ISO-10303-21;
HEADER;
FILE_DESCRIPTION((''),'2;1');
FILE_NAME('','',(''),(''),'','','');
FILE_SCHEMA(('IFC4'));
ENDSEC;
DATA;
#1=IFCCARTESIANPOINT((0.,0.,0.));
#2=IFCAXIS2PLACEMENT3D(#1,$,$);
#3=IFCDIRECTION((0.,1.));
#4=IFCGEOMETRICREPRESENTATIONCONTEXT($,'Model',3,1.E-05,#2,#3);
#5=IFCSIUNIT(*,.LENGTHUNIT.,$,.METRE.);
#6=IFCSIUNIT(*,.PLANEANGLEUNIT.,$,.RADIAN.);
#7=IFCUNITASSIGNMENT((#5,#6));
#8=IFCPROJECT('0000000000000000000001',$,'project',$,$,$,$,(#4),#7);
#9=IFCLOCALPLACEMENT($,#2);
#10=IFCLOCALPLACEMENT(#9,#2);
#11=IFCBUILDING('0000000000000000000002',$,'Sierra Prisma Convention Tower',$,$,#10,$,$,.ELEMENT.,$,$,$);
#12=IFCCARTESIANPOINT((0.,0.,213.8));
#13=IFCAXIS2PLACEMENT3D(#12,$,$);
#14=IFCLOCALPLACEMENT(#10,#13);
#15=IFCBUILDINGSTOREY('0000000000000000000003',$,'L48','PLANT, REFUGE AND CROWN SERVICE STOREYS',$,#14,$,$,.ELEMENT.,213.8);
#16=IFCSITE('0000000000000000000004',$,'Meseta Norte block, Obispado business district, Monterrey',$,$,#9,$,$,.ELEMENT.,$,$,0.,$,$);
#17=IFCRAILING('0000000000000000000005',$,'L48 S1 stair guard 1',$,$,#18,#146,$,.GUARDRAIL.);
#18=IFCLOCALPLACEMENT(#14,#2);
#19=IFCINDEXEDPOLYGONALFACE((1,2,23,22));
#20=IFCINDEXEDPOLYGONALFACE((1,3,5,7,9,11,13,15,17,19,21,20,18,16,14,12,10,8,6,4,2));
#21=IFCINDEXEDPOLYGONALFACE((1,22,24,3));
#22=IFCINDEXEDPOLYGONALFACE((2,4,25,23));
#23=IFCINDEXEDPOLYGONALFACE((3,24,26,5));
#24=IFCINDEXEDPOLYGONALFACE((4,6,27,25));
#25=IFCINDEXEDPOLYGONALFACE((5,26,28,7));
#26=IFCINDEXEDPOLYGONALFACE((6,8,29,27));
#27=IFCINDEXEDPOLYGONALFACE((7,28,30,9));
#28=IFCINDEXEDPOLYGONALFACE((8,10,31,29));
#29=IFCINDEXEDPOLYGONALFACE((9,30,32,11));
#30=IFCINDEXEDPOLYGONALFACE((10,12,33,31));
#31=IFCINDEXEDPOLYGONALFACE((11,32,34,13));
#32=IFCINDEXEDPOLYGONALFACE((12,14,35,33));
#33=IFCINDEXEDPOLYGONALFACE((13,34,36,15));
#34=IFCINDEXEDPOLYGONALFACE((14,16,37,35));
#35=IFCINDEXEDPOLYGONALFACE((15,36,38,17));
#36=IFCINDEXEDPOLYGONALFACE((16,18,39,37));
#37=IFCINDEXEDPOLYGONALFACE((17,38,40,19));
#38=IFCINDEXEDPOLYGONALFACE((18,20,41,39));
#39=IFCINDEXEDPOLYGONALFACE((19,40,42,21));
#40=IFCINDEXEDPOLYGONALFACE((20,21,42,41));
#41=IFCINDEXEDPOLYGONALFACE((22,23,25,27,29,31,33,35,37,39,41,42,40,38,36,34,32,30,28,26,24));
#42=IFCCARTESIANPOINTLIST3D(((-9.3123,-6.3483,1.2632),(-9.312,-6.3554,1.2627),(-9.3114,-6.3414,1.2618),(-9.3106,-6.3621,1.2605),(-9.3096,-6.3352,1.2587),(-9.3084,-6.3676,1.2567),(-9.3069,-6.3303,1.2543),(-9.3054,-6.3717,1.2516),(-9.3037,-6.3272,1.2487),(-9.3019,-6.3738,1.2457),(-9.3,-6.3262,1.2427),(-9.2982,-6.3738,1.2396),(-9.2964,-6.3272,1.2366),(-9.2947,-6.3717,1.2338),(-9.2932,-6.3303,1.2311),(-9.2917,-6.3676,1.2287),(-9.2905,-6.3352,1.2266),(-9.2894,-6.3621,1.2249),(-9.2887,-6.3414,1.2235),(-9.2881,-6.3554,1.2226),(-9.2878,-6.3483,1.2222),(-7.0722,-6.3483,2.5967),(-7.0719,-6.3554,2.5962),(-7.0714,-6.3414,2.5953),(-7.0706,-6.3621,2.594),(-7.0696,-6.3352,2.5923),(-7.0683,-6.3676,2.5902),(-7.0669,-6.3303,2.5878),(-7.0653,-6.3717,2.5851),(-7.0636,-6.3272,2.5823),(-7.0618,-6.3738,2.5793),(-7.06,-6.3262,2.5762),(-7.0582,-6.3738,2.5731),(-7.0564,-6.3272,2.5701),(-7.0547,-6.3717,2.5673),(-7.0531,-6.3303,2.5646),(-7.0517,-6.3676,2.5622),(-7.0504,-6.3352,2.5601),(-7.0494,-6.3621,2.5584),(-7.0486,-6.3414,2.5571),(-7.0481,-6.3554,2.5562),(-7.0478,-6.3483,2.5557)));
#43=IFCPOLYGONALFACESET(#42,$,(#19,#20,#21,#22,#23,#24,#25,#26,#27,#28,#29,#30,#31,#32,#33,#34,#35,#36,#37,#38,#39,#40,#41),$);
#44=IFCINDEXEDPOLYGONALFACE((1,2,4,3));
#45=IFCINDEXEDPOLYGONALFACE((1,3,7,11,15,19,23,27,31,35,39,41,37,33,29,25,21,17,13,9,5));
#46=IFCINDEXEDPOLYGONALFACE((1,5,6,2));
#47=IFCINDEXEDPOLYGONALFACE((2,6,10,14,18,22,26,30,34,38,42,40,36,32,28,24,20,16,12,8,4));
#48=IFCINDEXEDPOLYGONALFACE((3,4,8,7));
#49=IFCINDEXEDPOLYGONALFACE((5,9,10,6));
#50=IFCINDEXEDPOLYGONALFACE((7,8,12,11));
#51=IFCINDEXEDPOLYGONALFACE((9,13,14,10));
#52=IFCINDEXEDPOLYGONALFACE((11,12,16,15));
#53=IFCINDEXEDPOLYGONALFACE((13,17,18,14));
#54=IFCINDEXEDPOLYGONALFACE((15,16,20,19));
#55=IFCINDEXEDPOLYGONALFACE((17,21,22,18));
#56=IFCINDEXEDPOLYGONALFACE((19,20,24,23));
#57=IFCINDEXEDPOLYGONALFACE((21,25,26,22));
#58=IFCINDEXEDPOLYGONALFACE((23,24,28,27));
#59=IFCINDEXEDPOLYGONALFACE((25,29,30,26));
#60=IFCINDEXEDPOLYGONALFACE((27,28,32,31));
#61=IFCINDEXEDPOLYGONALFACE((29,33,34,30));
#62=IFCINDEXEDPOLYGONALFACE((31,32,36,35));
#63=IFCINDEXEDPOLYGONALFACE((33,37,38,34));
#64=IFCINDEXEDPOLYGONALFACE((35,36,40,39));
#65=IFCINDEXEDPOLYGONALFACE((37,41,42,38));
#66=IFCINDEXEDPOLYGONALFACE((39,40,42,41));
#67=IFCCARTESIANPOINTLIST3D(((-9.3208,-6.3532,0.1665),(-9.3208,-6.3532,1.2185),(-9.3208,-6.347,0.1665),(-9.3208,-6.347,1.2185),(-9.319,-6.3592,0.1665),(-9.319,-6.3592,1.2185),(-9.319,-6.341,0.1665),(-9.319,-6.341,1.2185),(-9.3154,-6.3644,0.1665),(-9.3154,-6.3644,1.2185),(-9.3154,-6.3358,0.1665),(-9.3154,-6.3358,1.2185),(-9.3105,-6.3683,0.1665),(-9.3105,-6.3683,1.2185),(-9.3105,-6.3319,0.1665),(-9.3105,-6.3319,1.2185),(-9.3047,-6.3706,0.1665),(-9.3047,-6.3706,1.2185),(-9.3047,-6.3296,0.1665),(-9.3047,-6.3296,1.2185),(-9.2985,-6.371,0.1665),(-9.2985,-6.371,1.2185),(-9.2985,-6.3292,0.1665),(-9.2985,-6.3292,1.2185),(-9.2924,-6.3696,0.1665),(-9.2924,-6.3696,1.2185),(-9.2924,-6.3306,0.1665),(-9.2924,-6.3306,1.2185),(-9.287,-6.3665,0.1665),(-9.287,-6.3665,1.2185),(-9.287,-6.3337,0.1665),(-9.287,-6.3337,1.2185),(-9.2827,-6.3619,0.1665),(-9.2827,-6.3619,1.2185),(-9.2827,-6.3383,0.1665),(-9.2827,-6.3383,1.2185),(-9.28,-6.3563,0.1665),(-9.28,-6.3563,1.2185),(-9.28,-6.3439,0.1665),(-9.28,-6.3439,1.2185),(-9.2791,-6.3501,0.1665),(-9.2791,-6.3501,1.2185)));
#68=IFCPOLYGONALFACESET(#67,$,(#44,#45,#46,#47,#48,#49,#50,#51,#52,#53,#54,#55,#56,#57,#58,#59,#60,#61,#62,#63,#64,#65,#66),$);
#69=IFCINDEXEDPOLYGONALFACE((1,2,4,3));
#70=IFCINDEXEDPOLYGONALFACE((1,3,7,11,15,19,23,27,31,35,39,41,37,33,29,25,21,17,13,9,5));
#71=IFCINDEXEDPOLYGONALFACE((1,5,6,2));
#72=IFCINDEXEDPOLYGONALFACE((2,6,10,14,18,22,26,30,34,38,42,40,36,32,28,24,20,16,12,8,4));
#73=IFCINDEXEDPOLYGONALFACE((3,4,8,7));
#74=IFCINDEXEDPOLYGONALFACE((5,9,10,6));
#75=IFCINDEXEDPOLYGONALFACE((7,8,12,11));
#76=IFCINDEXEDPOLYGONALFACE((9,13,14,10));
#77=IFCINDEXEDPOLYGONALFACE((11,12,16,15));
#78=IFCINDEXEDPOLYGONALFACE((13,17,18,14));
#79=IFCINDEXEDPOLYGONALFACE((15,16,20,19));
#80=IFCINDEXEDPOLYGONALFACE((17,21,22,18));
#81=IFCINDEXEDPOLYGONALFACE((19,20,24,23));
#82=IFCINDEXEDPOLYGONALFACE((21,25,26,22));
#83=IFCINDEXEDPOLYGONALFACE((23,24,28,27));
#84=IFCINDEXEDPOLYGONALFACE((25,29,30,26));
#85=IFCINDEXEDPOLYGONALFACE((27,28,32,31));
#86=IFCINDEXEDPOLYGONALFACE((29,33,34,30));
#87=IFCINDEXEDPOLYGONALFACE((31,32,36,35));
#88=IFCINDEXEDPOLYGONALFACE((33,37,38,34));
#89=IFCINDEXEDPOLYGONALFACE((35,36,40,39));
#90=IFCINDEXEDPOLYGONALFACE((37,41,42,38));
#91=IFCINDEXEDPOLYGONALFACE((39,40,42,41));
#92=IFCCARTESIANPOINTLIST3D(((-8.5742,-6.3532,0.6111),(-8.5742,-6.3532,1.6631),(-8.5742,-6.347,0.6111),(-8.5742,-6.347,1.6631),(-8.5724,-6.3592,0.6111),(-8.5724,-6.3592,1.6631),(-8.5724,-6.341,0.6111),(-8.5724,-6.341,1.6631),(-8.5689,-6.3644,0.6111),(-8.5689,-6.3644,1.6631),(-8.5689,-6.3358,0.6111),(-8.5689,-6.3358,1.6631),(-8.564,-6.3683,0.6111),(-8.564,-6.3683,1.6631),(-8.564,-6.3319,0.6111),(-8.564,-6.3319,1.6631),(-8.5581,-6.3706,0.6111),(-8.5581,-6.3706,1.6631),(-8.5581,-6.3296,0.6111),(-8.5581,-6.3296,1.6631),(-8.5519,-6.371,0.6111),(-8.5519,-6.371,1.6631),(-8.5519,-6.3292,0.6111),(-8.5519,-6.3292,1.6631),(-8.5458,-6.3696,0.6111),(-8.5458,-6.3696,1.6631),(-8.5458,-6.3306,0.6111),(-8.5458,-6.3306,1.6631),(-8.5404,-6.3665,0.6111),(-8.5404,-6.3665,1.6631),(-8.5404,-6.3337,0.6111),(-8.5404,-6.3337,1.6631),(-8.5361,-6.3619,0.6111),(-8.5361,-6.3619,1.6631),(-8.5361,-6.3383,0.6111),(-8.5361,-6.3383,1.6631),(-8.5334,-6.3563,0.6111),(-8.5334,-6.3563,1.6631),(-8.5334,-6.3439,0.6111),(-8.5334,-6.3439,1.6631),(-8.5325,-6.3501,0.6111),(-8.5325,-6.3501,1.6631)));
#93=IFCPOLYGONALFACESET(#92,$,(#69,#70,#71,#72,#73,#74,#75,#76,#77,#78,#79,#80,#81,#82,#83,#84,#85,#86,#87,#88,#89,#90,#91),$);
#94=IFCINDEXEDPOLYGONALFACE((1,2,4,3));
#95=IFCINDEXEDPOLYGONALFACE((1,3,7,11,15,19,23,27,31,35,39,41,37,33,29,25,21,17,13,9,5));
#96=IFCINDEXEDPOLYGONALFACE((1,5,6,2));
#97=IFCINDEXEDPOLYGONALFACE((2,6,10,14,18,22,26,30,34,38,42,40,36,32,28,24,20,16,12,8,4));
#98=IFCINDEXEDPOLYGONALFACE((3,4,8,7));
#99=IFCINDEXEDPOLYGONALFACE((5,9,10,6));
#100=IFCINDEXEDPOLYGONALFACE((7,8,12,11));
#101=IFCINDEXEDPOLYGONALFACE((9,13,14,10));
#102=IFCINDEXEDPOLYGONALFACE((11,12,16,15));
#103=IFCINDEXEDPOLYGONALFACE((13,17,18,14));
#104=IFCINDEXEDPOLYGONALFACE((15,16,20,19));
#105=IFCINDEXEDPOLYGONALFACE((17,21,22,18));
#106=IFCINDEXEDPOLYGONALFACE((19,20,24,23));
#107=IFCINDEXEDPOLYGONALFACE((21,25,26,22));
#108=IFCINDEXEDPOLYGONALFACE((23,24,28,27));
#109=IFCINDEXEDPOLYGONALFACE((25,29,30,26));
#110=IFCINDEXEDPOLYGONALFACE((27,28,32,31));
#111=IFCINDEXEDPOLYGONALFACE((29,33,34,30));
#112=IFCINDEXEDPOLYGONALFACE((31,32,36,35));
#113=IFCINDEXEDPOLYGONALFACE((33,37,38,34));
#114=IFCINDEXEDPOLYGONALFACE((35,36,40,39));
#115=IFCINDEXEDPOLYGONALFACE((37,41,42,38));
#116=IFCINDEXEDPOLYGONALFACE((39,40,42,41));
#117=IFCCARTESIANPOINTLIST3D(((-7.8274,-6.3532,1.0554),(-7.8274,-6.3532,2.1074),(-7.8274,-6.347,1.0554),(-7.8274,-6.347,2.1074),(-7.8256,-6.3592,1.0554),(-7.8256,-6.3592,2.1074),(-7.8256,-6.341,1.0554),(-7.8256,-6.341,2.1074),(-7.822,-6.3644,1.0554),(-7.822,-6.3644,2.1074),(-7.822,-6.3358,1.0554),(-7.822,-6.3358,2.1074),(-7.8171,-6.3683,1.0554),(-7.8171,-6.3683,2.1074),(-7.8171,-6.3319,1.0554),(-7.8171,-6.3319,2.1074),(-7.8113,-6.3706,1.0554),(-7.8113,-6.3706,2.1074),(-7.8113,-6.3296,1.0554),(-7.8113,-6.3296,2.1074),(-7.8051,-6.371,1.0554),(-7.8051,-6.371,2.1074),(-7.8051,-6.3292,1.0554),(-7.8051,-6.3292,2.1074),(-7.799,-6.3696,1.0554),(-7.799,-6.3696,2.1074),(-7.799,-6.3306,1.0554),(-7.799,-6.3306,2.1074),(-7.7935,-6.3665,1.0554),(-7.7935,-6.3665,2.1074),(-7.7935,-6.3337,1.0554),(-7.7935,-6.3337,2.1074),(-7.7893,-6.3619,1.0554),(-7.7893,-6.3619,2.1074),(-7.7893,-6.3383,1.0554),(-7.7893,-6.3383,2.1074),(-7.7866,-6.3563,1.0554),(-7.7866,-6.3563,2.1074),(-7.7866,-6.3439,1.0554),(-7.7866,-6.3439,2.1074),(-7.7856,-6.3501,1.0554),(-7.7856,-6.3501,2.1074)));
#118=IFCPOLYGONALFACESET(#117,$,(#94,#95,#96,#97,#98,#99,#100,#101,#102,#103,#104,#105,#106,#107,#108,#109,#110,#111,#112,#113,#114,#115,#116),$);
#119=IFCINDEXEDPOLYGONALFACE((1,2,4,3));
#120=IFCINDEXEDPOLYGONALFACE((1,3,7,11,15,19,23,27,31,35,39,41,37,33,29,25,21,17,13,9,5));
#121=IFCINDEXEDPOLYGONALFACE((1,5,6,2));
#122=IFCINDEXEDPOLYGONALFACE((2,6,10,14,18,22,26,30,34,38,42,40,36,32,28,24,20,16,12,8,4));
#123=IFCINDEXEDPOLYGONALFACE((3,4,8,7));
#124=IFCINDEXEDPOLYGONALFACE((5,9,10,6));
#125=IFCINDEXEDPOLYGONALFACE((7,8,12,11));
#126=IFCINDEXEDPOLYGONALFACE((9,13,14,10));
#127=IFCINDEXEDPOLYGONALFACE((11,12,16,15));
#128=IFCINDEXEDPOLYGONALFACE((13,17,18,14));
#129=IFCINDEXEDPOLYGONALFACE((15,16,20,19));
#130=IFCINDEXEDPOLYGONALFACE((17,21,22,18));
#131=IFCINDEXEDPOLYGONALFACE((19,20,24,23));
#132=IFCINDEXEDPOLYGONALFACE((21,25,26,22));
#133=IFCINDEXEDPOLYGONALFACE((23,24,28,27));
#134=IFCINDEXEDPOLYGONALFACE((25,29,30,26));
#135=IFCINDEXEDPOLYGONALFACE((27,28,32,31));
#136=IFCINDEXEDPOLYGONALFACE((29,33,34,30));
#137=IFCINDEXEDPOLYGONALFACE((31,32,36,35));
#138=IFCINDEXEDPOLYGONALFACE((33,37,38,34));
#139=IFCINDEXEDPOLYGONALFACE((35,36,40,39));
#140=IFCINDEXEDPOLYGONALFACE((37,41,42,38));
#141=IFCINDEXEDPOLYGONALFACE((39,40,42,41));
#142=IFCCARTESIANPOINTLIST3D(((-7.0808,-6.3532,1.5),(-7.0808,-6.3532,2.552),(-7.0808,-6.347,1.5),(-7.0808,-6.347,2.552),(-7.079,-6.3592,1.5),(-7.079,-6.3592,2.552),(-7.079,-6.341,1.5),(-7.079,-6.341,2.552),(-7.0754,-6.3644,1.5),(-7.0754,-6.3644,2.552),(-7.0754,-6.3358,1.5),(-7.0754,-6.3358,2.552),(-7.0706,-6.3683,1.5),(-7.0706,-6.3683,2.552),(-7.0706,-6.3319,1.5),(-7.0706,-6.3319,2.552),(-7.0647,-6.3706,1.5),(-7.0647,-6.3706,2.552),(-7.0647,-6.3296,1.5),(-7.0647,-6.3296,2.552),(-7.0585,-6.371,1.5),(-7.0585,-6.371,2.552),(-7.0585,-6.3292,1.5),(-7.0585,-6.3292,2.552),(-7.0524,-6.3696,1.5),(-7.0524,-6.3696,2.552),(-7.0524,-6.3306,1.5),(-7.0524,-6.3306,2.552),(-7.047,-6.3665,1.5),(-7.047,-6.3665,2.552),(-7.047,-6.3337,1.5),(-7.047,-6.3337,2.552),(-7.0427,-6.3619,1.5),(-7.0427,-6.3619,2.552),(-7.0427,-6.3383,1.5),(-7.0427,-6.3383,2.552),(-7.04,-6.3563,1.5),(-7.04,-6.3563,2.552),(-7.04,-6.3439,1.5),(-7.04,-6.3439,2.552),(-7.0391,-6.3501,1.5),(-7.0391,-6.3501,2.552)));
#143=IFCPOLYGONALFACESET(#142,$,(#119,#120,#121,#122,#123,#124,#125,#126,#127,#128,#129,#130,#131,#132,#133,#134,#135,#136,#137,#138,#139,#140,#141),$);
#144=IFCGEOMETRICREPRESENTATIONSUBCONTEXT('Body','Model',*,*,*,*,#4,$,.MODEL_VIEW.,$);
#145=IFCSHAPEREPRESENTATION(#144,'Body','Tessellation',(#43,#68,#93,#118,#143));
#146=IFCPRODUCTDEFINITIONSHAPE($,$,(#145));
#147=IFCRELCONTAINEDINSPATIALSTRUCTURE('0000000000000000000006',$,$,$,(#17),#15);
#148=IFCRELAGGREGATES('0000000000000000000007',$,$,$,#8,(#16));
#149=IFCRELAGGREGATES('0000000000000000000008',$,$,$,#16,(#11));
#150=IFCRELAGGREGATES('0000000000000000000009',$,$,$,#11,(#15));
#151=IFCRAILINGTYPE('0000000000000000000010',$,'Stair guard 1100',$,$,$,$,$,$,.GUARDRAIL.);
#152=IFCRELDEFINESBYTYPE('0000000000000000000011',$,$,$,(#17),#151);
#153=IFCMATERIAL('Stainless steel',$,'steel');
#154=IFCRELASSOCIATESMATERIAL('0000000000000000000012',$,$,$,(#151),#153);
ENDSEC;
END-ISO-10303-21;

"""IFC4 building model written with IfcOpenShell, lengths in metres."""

from ifc_helpers import new_model, si_unit, direction, frame, origin, origin_2d, place, context, subcontext, project, spatial, circle, extrude, material, type_object, element, save


model = new_model("IFC4")

# Units and contexts
model_context = context("Model", 3, precision=1e-05, world=origin(), true_north=direction((0.0, 1.0)))
body_context = subcontext(model_context, "Body", "Model", "MODEL_VIEW")
ifc_project = project(units=[si_unit("LENGTHUNIT", "METRE"), si_unit("PLANEANGLEUNIT", "RADIAN")], contexts=[model_context])

# Site, building, storey
site_placement = place(None, origin())
site = spatial("IfcSite", under=ifc_project, at=site_placement, Name="Meseta Norte block, Obispado business district, Monterrey", CompositionType="ELEMENT", RefElevation=0.0)
building_placement = place(site_placement, origin())
building = spatial("IfcBuilding", under=site, at=building_placement, Name="Sierra Prisma Convention Tower", CompositionType="ELEMENT")
storey_placement = place(building_placement, frame((0.0, 0.0, 213.8)))
storey = spatial("IfcBuildingStorey", under=building, at=storey_placement, Name="L48", Description="PLANT, REFUGE AND CROWN SERVICE STOREYS", CompositionType="ELEMENT", Elevation=213.8)

# Railing
ifc_material_1 = material(Name="Stainless steel", Category="steel")
railing_type_1 = type_object("IfcRailingType", Name="Stair guard 1100", PredefinedType="GUARDRAIL", material=ifc_material_1)
railing_1_placement = place(storey_placement, frame((-9.3, -6.3501, 0.1665)))
element("IfcRailing", 1, at=railing_1_placement, inside=storey, type_object=railing_type_1, Name="L48 S1 stair guard 1", PredefinedType="GUARDRAIL", context=body_context, shape_type="SweptSolid", body=[
    extrude(circle(Radius=0.0239, at=origin_2d()), frame((0.0, 0.0, 1.0762), z_axis=(0.859264, 0.0, 0.511532), x_axis=(0.0, 1.0, 0.0)), (0.0, 0.0, 1.0), 2.6069),
    extrude(circle(Radius=0.021, at=origin_2d()), origin(), (0.0, 0.0, 1.0), 1.052),
    extrude(circle(Radius=0.021, at=origin_2d()), frame((0.7466, 0.0, 0.4446)), (0.0, 0.0, 1.0), 1.052),
    extrude(circle(Radius=0.021, at=origin_2d()), frame((1.4934, 0.0, 0.8889)), (0.0, 0.0, 1.0), 1.052),
    extrude(circle(Radius=0.021, at=origin_2d()), frame((2.24, 0.0, 1.3335)), (0.0, 0.0, 1.0), 1.052),
])

save(model, "model.ifc")
